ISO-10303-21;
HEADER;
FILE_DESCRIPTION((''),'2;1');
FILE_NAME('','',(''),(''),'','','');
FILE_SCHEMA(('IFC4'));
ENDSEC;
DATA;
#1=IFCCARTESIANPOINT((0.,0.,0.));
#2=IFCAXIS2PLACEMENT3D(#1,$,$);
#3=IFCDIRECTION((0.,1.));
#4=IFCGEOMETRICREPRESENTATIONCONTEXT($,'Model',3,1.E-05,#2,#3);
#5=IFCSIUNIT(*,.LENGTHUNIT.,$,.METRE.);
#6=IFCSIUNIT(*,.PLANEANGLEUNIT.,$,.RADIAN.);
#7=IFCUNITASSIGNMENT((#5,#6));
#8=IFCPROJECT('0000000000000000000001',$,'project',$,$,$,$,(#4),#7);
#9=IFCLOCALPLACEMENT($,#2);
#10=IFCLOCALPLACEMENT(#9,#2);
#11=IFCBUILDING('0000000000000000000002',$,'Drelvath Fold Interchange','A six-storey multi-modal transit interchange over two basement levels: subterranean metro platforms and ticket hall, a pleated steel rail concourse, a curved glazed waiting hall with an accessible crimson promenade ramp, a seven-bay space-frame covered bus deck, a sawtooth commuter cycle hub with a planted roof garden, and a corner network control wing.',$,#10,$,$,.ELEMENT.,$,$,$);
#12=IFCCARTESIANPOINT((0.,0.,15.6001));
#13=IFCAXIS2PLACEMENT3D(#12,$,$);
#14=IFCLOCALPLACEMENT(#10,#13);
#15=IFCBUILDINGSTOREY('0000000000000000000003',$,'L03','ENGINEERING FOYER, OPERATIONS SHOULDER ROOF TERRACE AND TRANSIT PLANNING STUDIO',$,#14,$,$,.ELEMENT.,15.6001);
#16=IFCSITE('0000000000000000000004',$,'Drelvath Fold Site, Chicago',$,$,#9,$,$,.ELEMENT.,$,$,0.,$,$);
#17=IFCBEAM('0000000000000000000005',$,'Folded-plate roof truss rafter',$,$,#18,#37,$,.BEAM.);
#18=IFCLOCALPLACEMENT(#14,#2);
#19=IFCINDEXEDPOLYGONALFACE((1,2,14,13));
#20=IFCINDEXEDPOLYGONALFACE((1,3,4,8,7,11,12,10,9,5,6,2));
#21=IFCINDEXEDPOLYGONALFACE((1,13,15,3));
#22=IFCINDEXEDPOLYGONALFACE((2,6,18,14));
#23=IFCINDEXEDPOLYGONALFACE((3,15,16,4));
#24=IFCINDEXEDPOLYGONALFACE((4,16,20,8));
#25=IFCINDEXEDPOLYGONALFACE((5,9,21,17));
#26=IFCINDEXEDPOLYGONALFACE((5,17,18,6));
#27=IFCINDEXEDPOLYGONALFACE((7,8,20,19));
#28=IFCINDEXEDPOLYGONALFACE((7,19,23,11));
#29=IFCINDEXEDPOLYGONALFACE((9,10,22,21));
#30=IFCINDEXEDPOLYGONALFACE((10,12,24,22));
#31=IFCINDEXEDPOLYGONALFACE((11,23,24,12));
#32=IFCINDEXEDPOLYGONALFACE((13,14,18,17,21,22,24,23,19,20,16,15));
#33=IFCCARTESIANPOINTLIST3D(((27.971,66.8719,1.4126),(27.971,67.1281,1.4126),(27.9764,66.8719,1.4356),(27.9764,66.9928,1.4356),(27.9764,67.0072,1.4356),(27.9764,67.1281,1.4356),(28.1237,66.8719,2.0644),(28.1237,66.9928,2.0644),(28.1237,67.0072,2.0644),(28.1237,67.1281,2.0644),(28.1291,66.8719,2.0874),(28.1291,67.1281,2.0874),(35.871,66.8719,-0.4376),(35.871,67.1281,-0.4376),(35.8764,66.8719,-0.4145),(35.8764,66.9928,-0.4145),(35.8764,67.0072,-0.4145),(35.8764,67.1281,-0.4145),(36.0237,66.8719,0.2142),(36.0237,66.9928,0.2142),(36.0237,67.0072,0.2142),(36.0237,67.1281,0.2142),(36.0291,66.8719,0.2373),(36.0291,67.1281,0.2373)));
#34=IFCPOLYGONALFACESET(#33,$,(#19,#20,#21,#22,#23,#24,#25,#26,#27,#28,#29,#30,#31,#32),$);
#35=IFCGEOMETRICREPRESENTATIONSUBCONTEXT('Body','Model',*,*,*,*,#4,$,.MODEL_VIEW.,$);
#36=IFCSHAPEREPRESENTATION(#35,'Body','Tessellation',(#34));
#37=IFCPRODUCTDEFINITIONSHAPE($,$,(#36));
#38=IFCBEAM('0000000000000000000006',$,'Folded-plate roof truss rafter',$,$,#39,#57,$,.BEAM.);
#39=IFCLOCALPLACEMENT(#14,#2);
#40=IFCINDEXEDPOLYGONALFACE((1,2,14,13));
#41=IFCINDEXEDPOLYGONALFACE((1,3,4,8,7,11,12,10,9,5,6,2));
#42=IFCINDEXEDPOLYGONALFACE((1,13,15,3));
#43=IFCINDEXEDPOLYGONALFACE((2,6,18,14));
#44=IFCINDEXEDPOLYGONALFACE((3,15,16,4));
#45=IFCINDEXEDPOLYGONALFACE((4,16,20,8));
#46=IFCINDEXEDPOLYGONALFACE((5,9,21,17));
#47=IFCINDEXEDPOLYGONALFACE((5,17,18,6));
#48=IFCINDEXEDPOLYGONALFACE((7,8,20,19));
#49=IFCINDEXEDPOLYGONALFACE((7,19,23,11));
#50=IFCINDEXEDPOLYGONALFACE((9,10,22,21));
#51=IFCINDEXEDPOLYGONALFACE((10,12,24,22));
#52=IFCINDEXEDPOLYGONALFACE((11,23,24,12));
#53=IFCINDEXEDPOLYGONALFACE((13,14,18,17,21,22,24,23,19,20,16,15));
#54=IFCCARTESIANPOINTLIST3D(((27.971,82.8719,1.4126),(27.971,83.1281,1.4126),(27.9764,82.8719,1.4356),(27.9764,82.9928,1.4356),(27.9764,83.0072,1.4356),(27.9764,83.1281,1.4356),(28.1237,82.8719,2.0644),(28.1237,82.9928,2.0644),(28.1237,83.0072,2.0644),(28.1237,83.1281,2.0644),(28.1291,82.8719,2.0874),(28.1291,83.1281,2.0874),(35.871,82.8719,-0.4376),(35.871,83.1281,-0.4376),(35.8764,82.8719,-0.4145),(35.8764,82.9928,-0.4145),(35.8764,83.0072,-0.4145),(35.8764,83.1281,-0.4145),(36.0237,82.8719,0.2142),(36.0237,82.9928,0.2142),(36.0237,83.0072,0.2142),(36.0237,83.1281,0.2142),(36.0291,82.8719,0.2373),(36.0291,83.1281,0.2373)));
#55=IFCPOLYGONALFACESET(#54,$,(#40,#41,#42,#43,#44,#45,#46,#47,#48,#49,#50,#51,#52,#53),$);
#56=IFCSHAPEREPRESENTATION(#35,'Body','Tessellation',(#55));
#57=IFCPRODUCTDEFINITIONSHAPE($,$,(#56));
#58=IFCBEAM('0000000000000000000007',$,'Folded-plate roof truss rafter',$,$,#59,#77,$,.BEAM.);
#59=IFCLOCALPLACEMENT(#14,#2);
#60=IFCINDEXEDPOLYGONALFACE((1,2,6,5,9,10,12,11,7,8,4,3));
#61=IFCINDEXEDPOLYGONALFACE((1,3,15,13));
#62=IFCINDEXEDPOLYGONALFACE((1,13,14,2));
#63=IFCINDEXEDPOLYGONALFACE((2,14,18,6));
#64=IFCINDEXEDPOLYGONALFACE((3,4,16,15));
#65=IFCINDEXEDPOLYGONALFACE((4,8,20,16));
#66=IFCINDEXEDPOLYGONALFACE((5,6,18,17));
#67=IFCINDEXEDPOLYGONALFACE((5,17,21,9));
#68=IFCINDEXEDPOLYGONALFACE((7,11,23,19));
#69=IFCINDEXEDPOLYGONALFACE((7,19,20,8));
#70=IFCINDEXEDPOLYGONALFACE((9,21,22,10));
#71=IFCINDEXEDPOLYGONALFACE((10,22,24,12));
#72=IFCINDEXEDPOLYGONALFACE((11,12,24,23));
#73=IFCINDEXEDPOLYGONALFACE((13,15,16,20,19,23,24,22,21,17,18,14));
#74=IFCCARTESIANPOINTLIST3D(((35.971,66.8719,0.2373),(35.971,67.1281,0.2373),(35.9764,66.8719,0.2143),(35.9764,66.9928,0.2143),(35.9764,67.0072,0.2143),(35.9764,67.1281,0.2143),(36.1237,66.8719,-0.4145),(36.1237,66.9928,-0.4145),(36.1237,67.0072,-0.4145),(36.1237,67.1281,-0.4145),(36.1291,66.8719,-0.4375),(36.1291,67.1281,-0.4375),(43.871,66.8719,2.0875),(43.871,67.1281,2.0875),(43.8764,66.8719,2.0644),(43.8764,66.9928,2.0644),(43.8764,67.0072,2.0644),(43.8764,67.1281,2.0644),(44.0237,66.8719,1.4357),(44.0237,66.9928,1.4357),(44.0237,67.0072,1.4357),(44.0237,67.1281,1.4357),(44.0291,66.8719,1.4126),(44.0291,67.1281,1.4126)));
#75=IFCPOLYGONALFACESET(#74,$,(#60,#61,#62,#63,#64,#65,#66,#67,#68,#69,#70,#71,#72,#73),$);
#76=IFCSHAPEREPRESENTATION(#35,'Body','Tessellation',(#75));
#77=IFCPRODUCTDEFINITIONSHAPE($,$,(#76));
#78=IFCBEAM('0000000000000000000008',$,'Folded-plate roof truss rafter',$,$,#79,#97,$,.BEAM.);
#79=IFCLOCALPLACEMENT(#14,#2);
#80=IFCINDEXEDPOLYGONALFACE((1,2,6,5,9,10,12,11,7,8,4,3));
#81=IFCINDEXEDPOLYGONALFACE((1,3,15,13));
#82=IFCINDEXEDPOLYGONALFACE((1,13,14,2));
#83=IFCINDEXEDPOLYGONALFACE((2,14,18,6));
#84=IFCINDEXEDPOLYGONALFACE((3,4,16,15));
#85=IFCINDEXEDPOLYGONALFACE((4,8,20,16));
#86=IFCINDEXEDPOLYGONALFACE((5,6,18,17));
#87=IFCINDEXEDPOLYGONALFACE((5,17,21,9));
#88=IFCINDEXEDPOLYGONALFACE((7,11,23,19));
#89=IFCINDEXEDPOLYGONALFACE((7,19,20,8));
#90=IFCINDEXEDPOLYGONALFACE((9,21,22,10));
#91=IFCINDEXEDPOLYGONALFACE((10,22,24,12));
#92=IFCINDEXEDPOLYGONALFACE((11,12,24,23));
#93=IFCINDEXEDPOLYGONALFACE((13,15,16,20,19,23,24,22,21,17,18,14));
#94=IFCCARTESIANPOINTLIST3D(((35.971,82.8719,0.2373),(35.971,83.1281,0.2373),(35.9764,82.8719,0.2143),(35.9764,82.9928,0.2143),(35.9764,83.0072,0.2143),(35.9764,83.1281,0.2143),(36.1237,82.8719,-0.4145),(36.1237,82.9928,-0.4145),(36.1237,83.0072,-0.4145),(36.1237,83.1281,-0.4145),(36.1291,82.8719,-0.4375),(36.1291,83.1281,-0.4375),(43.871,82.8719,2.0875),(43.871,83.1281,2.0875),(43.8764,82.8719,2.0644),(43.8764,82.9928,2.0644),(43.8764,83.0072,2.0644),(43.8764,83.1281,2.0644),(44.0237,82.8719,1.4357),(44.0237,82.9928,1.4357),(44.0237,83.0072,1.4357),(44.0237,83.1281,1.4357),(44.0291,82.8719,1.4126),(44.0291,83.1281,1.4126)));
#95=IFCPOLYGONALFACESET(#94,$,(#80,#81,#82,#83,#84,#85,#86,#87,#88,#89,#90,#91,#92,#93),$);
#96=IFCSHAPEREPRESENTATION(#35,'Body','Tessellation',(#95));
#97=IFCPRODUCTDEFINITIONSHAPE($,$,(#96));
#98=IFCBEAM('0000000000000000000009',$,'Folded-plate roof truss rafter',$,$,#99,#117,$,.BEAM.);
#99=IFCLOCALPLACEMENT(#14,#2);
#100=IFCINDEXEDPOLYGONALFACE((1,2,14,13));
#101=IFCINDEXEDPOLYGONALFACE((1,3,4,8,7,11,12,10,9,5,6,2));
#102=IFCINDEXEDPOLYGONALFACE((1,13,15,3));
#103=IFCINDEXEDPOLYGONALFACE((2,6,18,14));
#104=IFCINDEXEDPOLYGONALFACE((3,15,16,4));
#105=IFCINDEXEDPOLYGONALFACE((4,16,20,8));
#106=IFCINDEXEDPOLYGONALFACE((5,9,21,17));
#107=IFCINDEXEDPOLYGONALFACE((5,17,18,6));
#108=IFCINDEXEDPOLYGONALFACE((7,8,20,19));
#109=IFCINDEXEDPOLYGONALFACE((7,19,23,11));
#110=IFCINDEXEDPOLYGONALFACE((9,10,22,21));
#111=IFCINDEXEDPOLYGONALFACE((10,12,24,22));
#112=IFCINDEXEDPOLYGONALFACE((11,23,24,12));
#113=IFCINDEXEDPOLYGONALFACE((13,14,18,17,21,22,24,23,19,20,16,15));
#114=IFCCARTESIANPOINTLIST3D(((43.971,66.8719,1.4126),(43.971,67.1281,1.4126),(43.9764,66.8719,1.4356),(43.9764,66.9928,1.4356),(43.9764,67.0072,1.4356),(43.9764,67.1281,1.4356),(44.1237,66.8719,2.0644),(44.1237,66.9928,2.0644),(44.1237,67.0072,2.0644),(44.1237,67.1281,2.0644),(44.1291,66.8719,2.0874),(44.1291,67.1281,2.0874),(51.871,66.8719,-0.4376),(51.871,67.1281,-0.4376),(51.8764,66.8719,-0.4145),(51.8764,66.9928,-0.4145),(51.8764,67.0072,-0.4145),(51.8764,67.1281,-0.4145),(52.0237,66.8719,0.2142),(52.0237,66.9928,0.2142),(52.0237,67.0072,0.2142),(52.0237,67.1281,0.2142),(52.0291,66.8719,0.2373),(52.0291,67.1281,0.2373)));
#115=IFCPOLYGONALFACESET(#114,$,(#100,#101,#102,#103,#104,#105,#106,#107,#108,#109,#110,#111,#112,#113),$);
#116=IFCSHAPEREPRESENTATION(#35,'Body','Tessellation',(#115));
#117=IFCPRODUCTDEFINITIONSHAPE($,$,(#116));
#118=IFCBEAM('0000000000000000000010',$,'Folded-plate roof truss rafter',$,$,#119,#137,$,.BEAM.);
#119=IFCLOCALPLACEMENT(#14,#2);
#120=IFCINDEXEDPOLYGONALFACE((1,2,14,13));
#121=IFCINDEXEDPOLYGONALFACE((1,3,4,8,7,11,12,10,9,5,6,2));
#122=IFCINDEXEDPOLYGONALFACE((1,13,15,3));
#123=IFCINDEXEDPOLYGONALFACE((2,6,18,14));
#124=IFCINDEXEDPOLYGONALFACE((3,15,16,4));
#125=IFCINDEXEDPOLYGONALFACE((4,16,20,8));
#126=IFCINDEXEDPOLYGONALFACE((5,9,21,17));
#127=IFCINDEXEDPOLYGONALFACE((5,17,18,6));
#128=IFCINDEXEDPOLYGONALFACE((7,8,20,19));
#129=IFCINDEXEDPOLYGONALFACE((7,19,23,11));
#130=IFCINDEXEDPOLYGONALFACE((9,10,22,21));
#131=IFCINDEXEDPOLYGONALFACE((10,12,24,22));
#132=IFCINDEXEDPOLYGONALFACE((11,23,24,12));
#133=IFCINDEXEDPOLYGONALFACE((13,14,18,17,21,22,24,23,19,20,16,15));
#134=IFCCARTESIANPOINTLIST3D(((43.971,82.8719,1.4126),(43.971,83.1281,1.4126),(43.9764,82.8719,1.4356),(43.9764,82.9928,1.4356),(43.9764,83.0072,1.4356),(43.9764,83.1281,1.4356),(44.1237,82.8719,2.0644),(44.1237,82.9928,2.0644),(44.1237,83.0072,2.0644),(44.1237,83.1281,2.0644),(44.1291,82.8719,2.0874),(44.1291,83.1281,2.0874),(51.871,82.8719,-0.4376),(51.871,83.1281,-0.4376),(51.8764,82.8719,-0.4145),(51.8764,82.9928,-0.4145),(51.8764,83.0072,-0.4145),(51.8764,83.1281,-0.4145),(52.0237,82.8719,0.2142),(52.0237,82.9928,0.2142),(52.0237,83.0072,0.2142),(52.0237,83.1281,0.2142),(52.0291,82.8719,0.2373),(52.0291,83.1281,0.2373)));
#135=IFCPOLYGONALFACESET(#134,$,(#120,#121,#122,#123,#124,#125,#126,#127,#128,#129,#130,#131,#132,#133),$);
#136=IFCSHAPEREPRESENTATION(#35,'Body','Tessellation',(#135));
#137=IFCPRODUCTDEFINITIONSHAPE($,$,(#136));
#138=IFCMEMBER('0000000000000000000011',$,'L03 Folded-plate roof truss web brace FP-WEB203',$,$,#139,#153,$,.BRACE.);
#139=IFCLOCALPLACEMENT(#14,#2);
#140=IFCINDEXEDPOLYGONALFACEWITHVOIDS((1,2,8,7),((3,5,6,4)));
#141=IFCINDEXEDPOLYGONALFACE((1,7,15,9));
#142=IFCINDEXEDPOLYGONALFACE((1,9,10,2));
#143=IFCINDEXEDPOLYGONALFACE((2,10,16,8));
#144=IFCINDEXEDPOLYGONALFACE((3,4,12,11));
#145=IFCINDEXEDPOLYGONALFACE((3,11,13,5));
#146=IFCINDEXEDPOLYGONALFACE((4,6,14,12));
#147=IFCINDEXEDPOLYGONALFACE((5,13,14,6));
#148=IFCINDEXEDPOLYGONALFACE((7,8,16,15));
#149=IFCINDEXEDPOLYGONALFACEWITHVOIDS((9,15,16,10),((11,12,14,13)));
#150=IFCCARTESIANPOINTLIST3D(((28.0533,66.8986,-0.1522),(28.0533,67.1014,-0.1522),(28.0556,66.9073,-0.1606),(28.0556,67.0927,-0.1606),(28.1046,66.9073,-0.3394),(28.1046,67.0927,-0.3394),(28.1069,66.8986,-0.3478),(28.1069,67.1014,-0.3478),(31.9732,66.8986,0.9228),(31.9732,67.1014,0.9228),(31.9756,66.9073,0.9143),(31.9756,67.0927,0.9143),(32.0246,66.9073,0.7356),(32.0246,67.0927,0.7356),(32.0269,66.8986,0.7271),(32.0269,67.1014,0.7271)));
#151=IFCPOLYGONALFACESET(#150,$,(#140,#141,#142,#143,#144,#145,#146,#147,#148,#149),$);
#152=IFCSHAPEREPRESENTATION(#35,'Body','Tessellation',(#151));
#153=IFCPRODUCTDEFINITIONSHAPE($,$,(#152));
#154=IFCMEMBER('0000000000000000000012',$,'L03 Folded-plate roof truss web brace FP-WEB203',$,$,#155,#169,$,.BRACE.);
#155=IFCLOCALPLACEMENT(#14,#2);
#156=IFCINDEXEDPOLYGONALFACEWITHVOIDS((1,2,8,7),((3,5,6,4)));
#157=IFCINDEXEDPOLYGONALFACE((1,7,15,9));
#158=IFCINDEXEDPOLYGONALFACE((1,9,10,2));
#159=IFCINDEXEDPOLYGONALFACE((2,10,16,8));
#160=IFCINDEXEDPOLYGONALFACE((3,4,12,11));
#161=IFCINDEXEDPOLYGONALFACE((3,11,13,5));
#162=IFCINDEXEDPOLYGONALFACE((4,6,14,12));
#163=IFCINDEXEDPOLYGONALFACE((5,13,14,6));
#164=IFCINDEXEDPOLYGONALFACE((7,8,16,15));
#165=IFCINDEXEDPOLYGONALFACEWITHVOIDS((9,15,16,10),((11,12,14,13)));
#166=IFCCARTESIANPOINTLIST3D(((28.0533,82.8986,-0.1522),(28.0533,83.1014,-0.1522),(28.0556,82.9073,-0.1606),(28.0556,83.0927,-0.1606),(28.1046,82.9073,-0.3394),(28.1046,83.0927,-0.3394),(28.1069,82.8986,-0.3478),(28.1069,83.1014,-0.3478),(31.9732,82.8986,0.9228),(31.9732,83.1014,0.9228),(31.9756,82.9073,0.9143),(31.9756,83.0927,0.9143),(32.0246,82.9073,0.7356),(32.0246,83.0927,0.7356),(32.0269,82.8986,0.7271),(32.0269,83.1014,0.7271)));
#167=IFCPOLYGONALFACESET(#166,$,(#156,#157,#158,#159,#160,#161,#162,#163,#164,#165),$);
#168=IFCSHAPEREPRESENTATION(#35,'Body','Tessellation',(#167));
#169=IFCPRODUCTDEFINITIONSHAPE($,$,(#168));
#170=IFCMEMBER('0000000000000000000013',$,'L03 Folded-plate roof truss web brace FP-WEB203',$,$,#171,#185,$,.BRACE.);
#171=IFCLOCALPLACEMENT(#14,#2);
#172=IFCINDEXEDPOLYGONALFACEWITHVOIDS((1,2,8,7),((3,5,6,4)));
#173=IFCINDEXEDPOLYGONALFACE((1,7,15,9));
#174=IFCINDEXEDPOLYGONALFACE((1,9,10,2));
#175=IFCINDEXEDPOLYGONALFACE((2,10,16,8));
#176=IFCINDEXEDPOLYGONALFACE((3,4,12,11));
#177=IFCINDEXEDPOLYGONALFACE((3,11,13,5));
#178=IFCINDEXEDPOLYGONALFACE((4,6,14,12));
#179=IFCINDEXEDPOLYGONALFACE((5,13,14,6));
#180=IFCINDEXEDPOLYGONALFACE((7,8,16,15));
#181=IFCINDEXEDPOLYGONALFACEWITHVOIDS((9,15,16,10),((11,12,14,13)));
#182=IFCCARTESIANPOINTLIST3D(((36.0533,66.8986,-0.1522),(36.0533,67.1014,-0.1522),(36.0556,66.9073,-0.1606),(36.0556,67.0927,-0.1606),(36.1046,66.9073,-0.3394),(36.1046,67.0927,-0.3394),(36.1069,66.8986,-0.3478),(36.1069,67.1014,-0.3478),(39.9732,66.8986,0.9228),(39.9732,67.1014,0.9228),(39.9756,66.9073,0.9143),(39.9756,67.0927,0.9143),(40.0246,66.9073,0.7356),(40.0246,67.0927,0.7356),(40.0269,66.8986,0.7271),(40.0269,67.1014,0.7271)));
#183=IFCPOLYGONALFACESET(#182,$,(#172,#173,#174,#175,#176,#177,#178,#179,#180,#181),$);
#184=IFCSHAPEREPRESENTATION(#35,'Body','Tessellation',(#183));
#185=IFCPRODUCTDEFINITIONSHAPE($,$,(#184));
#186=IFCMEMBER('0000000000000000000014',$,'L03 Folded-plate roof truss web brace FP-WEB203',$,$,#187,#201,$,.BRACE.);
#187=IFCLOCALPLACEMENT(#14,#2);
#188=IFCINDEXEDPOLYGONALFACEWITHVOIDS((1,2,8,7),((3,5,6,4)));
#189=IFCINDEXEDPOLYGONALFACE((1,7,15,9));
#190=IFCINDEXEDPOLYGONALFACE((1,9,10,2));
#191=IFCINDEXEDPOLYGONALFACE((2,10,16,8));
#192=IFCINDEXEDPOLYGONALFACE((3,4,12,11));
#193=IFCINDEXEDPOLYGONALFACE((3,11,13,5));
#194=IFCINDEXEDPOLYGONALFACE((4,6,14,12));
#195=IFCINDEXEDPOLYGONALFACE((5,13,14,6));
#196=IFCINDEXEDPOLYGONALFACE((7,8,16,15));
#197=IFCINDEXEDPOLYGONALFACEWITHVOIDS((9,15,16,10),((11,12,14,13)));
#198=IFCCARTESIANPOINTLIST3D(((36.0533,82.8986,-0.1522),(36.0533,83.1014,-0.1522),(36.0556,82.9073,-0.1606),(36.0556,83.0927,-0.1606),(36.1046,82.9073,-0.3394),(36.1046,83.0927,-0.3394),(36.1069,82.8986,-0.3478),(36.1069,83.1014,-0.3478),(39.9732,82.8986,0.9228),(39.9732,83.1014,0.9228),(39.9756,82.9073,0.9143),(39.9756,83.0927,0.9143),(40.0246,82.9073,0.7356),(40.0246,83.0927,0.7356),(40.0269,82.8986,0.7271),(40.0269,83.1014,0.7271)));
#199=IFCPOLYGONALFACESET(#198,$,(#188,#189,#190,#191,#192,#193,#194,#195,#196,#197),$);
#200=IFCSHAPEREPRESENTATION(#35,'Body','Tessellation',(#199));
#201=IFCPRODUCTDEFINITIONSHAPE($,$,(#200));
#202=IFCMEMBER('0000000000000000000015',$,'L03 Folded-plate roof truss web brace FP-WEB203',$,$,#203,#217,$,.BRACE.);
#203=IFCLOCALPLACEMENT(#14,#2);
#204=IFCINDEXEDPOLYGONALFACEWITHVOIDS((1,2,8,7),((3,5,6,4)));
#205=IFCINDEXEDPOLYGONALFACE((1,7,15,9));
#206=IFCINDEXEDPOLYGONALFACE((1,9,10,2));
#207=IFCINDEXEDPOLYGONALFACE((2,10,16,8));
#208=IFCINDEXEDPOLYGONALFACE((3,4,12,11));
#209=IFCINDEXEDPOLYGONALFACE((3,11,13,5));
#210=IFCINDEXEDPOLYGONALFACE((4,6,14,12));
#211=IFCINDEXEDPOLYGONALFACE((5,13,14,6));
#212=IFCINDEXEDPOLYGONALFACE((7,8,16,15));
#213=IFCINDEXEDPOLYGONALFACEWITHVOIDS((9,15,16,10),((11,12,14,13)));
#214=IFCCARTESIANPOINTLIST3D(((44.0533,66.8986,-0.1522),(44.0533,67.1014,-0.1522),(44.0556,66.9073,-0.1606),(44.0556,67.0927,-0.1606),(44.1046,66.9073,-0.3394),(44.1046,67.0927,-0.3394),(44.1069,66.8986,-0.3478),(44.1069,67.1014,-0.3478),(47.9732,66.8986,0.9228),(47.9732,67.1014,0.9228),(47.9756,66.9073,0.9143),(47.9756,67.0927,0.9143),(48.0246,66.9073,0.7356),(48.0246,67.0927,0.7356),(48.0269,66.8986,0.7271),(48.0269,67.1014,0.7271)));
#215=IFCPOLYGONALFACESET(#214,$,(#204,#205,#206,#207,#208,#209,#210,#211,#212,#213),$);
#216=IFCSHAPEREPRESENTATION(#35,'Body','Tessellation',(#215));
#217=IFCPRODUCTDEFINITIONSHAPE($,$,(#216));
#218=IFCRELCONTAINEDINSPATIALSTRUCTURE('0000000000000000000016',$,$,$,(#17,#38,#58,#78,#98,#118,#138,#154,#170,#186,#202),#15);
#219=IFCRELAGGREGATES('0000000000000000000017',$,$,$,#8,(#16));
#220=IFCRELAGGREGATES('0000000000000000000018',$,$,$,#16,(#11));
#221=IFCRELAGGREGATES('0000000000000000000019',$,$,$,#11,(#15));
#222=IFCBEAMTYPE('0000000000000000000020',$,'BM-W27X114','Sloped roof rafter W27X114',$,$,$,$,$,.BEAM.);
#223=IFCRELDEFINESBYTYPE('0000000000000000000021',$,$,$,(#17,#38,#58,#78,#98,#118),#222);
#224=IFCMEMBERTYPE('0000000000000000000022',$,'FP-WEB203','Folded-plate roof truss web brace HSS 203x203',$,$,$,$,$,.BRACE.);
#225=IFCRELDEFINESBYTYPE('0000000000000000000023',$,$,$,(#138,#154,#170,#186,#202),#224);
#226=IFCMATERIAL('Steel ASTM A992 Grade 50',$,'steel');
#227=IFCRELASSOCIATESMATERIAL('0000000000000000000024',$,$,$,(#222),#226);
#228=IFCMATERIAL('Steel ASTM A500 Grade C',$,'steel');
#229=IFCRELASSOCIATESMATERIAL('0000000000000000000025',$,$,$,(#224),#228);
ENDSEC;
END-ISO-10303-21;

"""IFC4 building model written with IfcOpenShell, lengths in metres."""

from ifc_helpers import new_model, si_unit, direction, frame, origin, origin_2d, place, context, subcontext, project, spatial, hollow_rectangle, i_section, extrude, material, material_profile, profile_set, type_object, element, save


model = new_model("IFC4")

# Units and contexts
model_context = context("Model", 3, precision=1e-05, world=origin(), true_north=direction((0.0, 1.0)))
body_context = subcontext(model_context, "Body", "Model", "MODEL_VIEW")
ifc_project = project(units=[si_unit("LENGTHUNIT", "METRE"), si_unit("PLANEANGLEUNIT", "RADIAN")], contexts=[model_context])

# Site, building, storey
site_placement = place(None, origin())
site = spatial("IfcSite", under=ifc_project, at=site_placement, Name="Drelvath Fold Site, Chicago", CompositionType="ELEMENT", RefElevation=0.0)
building_placement = place(site_placement, origin())
building = spatial("IfcBuilding", under=site, at=building_placement, Name="Drelvath Fold Interchange", Description="A six-storey multi-modal transit interchange over two basement levels: subterranean metro platforms and ticket hall, a pleated steel rail concourse, a curved glazed waiting hall with an accessible crimson promenade ramp, a seven-bay space-frame covered bus deck, a sawtooth commuter cycle hub with a planted roof garden, and a corner network control wing.", CompositionType="ELEMENT")
storey_placement = place(building_placement, frame((0.0, 0.0, 15.6001)))
storey = spatial("IfcBuildingStorey", under=building, at=storey_placement, Name="L03", Description="ENGINEERING FOYER, OPERATIONS SHOULDER ROOF TERRACE AND TRANSIT PLANNING STUDIO", CompositionType="ELEMENT", Elevation=15.6001)

# Beams
ifc_material_1 = material(Name="Steel ASTM A992 Grade 50", Category="steel")
ifc_material_profile_1 = material_profile(ifc_material_1, i_section(OverallWidth=0.2561, OverallDepth=0.6931, WebThickness=0.0144, FlangeThickness=0.0237, at=origin_2d()), Name="W27X114")
ifc_profile_set_1 = profile_set([ifc_material_profile_1], Name="Steel ASTM A992 Grade 50")
beam_type = type_object("IfcBeamType", Name="BM-W27X114", Description="Sloped roof rafter W27X114", PredefinedType="BEAM", material=ifc_profile_set_1)
for number, where, z_axis, x_axis, name in (
    (1, (28.05, 67.0, 1.75), (0.973656, 0.0, -0.228023), (0.0, 1.0, 0.0), "Folded-plate roof truss rafter"),
    (2, (28.05, 83.0, 1.75), (0.973656, 0.0, -0.228023), (0.0, 1.0, 0.0), "Folded-plate roof truss rafter"),
    (3, (36.05, 67.0, -0.1001), (0.973656, 0.0, 0.228023), (0.0, 1.0, 0.0), "Folded-plate roof truss rafter"),
    (4, (36.05, 83.0, -0.1001), (0.973656, 0.0, 0.228023), (0.0, 1.0, 0.0), "Folded-plate roof truss rafter"),
    (5, (44.05, 67.0, 1.75), (0.973656, 0.0, -0.228023), (0.0, 1.0, 0.0), "Folded-plate roof truss rafter"),
    (6, (44.05, 83.0, 1.75), (0.973656, 0.0, -0.228023), (0.0, 1.0, 0.0), "Folded-plate roof truss rafter"),
):
    element("IfcBeam", number, at=place(storey_placement, frame(where, z_axis=z_axis, x_axis=x_axis)), inside=storey, type_object=beam_type, Name=name, PredefinedType="BEAM", context=body_context, shape_type="SweptSolid", body=[
        extrude(i_section(OverallWidth=0.2561, OverallDepth=0.6931, WebThickness=0.0144, FlangeThickness=0.0237, at=origin_2d()), origin(), (0.0, 0.0, 1.0), 8.1138),
    ])

# Members
ifc_material_2 = material(Name="Steel ASTM A500 Grade C", Category="steel")
ifc_material_profile_2 = material_profile(ifc_material_2, hollow_rectangle(XDim=0.2029, YDim=0.2029, WallThickness=0.0088, at=origin_2d()), Name="HSS8X8X3/8")
ifc_profile_set_2 = profile_set([ifc_material_profile_2], Name="Steel ASTM A500 Grade C")
member_type_1 = type_object("IfcMemberType", Name="FP-WEB203", Description="Folded-plate roof truss web brace HSS 203x203", PredefinedType="BRACE", material=ifc_profile_set_2)
for number, where, z_axis, x_axis, name in (
    (7, (28.0801, 67.0, -0.25), (0.964396, 0.0, 0.264464), (0.0, 1.0, 0.0), "L03 Folded-plate roof truss web brace FP-WEB203"),
    (8, (28.0801, 83.0, -0.25), (0.964396, 0.0, 0.264464), (0.0, 1.0, 0.0), "L03 Folded-plate roof truss web brace FP-WEB203"),
    (9, (36.0801, 67.0, -0.25), (0.964396, 0.0, 0.264464), (0.0, 1.0, 0.0), "L03 Folded-plate roof truss web brace FP-WEB203"),
    (10, (36.0801, 83.0, -0.25), (0.964396, 0.0, 0.264464), (0.0, 1.0, 0.0), "L03 Folded-plate roof truss web brace FP-WEB203"),
    (11, (44.0801, 67.0, -0.25), (0.964396, 0.0, 0.264464), (0.0, 1.0, 0.0), "L03 Folded-plate roof truss web brace FP-WEB203"),
):
    element("IfcMember", number, at=place(storey_placement, frame(where, z_axis=z_axis, x_axis=x_axis)), inside=storey, type_object=member_type_1, Name=name, PredefinedType="BRACE", context=body_context, shape_type="SweptSolid", body=[
        extrude(hollow_rectangle(XDim=0.2029, YDim=0.2029, WallThickness=0.0088, at=origin_2d()), origin(), (0.0, 0.0, 1.0), 4.0647),
    ])

save(model, "model.ifc")
